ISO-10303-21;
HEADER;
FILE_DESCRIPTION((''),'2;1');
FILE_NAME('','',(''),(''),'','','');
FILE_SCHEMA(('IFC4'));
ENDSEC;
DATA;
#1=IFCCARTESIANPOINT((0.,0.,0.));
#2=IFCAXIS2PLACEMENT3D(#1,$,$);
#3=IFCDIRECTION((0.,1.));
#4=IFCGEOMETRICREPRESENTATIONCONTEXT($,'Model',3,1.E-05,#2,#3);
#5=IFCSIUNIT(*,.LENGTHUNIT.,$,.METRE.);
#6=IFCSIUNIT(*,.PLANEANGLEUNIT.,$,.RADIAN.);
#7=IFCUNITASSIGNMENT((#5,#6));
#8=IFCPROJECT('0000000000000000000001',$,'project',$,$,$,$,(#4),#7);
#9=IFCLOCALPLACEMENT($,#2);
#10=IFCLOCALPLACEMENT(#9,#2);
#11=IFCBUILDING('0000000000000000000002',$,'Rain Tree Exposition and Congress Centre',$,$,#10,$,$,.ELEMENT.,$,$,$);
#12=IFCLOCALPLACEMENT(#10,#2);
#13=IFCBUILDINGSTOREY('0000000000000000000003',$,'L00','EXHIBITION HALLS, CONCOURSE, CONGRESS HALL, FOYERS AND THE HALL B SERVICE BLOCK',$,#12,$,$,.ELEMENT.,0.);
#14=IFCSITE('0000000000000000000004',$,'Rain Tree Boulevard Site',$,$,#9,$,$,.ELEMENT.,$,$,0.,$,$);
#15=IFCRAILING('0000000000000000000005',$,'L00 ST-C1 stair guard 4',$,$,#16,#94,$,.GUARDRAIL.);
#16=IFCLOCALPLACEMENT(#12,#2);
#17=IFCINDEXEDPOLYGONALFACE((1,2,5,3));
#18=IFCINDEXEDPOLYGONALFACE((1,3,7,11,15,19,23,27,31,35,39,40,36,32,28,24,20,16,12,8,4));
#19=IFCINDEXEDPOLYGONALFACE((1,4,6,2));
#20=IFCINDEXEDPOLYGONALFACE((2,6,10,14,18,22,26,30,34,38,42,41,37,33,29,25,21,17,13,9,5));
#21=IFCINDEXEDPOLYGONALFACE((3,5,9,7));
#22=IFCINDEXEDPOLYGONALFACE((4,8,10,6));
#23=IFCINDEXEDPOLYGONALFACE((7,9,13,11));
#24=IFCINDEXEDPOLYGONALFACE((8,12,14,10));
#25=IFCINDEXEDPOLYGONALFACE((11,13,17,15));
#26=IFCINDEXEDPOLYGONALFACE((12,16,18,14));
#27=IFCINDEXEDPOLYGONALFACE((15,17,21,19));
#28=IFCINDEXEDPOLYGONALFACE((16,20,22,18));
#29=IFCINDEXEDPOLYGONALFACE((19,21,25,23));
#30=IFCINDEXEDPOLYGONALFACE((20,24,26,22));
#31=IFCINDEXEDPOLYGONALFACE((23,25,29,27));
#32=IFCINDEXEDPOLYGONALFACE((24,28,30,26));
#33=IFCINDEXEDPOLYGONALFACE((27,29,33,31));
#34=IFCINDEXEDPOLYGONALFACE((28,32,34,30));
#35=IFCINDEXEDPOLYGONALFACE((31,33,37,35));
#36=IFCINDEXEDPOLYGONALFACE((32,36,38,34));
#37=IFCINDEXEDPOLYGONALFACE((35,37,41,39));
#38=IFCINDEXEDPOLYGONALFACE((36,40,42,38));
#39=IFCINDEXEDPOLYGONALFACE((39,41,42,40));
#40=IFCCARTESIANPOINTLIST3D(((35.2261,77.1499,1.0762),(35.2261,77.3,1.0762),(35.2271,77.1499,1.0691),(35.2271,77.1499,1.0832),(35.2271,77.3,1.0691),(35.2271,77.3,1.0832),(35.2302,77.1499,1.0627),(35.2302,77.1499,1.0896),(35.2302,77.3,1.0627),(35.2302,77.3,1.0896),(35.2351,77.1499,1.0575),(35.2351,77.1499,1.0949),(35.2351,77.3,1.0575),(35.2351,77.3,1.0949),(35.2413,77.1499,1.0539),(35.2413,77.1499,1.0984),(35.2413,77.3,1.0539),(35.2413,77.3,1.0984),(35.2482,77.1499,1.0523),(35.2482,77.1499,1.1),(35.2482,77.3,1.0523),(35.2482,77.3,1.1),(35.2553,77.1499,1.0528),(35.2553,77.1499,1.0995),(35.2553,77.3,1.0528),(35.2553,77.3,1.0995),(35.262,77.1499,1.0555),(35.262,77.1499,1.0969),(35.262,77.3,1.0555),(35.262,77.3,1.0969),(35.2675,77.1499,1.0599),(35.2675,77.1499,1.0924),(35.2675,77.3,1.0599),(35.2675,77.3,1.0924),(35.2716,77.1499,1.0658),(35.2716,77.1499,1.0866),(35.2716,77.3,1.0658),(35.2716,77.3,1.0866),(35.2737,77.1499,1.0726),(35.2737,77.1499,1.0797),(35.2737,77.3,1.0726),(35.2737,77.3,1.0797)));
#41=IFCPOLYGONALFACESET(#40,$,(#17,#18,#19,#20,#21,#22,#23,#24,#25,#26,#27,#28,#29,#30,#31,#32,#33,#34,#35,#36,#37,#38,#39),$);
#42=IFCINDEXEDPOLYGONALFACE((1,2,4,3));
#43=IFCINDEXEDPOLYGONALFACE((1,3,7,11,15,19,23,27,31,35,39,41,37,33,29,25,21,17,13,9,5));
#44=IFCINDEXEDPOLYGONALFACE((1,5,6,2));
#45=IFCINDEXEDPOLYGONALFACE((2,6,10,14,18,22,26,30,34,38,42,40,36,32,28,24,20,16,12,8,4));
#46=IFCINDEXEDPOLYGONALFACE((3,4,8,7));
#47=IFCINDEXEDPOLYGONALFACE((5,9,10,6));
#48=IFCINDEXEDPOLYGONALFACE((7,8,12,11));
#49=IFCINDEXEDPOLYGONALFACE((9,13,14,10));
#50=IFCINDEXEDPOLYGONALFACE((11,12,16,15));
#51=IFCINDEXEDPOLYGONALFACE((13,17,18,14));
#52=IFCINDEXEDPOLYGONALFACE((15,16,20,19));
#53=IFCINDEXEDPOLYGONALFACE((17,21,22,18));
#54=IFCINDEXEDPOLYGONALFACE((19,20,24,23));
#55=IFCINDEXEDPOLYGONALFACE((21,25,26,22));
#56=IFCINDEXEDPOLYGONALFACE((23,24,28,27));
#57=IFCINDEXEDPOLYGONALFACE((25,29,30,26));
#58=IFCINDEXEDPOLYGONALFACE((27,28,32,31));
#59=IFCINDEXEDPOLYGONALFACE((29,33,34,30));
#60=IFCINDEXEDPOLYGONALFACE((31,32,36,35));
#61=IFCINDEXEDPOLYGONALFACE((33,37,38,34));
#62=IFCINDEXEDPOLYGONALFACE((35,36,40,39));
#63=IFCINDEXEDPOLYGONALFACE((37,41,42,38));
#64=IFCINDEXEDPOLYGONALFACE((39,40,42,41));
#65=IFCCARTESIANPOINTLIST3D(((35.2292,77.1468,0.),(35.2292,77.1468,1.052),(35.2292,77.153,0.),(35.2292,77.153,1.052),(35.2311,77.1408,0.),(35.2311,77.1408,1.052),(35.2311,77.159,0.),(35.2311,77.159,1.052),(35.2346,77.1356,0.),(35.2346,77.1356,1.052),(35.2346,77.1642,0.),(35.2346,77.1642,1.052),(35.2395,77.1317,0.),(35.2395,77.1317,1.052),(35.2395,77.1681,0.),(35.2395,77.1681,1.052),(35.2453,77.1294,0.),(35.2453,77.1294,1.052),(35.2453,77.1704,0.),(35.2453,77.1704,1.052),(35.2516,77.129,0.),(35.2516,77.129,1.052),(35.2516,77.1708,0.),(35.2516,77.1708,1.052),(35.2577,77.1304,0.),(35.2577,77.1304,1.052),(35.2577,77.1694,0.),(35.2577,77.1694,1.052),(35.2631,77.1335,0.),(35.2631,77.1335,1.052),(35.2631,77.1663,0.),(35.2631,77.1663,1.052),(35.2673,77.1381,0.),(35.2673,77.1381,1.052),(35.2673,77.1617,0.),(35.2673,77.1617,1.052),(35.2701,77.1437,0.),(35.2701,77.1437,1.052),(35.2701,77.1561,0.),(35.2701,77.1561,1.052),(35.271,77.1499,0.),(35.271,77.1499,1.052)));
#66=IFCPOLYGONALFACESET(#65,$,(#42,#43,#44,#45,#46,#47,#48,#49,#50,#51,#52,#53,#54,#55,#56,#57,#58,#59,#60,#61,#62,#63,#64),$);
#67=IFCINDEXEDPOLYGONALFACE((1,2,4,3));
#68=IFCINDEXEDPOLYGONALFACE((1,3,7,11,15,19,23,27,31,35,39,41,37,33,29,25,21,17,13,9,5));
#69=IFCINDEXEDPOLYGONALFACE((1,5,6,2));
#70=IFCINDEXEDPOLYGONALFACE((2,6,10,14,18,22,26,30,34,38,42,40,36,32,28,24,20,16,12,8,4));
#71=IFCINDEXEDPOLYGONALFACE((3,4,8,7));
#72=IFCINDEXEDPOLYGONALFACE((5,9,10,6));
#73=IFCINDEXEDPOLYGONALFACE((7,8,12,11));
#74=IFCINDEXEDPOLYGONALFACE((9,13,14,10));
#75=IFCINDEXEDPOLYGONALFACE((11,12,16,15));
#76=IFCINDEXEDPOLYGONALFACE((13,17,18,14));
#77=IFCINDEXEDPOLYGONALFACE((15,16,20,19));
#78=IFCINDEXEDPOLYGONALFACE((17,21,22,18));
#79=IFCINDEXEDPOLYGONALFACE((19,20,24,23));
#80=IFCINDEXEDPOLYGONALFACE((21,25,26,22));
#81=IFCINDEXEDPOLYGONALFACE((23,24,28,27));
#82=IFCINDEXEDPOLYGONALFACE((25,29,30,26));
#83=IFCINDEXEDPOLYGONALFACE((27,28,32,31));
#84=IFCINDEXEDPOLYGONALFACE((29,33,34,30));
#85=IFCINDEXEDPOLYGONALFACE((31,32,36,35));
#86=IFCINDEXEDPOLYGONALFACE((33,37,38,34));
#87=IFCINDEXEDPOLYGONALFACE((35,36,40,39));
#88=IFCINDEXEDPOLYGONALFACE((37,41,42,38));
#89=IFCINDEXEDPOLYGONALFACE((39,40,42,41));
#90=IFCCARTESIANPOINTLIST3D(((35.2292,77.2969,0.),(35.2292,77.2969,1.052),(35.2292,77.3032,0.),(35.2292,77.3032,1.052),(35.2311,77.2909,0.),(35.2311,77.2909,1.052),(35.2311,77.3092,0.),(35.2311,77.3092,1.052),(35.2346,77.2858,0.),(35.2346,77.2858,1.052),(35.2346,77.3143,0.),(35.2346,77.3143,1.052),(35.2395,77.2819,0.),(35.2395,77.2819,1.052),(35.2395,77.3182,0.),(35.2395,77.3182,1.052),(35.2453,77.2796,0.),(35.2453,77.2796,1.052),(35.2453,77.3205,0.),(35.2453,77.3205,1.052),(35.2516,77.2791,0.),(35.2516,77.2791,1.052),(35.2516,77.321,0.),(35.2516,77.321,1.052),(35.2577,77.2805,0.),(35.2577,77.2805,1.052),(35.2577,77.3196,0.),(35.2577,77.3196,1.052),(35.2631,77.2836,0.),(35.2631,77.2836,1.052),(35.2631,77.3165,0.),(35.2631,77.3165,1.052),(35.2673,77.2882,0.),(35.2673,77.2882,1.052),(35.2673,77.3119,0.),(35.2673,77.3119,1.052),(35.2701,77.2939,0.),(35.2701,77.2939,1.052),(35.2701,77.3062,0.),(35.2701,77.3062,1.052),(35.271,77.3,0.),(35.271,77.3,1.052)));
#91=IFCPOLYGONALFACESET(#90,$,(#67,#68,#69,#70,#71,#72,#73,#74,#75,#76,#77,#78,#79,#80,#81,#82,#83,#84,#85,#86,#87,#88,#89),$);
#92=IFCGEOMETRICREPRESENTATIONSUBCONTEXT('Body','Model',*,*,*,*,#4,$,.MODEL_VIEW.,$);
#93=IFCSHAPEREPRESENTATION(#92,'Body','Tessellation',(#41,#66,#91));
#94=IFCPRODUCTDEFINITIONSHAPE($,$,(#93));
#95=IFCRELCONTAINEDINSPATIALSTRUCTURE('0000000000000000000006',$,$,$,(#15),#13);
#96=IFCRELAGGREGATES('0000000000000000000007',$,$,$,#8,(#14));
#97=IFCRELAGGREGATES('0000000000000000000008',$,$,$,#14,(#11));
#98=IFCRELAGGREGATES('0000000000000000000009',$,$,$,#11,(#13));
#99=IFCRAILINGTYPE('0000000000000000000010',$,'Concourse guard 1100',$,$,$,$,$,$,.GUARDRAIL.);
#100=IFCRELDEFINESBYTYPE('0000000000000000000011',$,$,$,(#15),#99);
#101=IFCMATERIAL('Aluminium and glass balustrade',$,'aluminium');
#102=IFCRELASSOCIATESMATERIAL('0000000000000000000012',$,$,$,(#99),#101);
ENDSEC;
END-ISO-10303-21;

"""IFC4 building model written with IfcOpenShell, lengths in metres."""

from ifc_helpers import new_model, si_unit, direction, frame, origin, origin_2d, place, context, subcontext, project, spatial, circle, extrude, material, type_object, element, save


model = new_model("IFC4")

# Units and contexts
model_context = context("Model", 3, precision=1e-05, world=origin(), true_north=direction((0.0, 1.0)))
body_context = subcontext(model_context, "Body", "Model", "MODEL_VIEW")
ifc_project = project(units=[si_unit("LENGTHUNIT", "METRE"), si_unit("PLANEANGLEUNIT", "RADIAN")], contexts=[model_context])

# Site, building, storey
site_placement = place(None, origin())
site = spatial("IfcSite", under=ifc_project, at=site_placement, Name="Rain Tree Boulevard Site", CompositionType="ELEMENT", RefElevation=0.0)
building_placement = place(site_placement, origin())
building = spatial("IfcBuilding", under=site, at=building_placement, Name="Rain Tree Exposition and Congress Centre", CompositionType="ELEMENT")
storey_placement = place(building_placement, origin())
storey = spatial("IfcBuildingStorey", under=building, at=storey_placement, Name="L00", Description="EXHIBITION HALLS, CONCOURSE, CONGRESS HALL, FOYERS AND THE HALL B SERVICE BLOCK", CompositionType="ELEMENT", Elevation=0.0)

# Railing
ifc_material_1 = material(Name="Aluminium and glass balustrade", Category="aluminium")
railing_type_1 = type_object("IfcRailingType", Name="Concourse guard 1100", PredefinedType="GUARDRAIL", material=ifc_material_1)
railing_1_placement = place(storey_placement, frame((35.25, 77.1499, 0.0)))
element("IfcRailing", 1, at=railing_1_placement, inside=storey, type_object=railing_type_1, Name="L00 ST-C1 stair guard 4", PredefinedType="GUARDRAIL", context=body_context, shape_type="SweptSolid", body=[
    extrude(circle(Radius=0.0239, at=origin_2d()), frame((0.0, 0.0, 1.0762), z_axis=(0.0, 1.0, 0.0), x_axis=(-1.0, 0.0, 0.0)), (0.0, 0.0, 1.0), 0.1501),
    extrude(circle(Radius=0.021, at=origin_2d()), origin(), (0.0, 0.0, 1.0), 1.052),
    extrude(circle(Radius=0.021, at=origin_2d()), frame((0.0, 0.1501, 0.0)), (0.0, 0.0, 1.0), 1.052),
])

save(model, "model.ifc")
